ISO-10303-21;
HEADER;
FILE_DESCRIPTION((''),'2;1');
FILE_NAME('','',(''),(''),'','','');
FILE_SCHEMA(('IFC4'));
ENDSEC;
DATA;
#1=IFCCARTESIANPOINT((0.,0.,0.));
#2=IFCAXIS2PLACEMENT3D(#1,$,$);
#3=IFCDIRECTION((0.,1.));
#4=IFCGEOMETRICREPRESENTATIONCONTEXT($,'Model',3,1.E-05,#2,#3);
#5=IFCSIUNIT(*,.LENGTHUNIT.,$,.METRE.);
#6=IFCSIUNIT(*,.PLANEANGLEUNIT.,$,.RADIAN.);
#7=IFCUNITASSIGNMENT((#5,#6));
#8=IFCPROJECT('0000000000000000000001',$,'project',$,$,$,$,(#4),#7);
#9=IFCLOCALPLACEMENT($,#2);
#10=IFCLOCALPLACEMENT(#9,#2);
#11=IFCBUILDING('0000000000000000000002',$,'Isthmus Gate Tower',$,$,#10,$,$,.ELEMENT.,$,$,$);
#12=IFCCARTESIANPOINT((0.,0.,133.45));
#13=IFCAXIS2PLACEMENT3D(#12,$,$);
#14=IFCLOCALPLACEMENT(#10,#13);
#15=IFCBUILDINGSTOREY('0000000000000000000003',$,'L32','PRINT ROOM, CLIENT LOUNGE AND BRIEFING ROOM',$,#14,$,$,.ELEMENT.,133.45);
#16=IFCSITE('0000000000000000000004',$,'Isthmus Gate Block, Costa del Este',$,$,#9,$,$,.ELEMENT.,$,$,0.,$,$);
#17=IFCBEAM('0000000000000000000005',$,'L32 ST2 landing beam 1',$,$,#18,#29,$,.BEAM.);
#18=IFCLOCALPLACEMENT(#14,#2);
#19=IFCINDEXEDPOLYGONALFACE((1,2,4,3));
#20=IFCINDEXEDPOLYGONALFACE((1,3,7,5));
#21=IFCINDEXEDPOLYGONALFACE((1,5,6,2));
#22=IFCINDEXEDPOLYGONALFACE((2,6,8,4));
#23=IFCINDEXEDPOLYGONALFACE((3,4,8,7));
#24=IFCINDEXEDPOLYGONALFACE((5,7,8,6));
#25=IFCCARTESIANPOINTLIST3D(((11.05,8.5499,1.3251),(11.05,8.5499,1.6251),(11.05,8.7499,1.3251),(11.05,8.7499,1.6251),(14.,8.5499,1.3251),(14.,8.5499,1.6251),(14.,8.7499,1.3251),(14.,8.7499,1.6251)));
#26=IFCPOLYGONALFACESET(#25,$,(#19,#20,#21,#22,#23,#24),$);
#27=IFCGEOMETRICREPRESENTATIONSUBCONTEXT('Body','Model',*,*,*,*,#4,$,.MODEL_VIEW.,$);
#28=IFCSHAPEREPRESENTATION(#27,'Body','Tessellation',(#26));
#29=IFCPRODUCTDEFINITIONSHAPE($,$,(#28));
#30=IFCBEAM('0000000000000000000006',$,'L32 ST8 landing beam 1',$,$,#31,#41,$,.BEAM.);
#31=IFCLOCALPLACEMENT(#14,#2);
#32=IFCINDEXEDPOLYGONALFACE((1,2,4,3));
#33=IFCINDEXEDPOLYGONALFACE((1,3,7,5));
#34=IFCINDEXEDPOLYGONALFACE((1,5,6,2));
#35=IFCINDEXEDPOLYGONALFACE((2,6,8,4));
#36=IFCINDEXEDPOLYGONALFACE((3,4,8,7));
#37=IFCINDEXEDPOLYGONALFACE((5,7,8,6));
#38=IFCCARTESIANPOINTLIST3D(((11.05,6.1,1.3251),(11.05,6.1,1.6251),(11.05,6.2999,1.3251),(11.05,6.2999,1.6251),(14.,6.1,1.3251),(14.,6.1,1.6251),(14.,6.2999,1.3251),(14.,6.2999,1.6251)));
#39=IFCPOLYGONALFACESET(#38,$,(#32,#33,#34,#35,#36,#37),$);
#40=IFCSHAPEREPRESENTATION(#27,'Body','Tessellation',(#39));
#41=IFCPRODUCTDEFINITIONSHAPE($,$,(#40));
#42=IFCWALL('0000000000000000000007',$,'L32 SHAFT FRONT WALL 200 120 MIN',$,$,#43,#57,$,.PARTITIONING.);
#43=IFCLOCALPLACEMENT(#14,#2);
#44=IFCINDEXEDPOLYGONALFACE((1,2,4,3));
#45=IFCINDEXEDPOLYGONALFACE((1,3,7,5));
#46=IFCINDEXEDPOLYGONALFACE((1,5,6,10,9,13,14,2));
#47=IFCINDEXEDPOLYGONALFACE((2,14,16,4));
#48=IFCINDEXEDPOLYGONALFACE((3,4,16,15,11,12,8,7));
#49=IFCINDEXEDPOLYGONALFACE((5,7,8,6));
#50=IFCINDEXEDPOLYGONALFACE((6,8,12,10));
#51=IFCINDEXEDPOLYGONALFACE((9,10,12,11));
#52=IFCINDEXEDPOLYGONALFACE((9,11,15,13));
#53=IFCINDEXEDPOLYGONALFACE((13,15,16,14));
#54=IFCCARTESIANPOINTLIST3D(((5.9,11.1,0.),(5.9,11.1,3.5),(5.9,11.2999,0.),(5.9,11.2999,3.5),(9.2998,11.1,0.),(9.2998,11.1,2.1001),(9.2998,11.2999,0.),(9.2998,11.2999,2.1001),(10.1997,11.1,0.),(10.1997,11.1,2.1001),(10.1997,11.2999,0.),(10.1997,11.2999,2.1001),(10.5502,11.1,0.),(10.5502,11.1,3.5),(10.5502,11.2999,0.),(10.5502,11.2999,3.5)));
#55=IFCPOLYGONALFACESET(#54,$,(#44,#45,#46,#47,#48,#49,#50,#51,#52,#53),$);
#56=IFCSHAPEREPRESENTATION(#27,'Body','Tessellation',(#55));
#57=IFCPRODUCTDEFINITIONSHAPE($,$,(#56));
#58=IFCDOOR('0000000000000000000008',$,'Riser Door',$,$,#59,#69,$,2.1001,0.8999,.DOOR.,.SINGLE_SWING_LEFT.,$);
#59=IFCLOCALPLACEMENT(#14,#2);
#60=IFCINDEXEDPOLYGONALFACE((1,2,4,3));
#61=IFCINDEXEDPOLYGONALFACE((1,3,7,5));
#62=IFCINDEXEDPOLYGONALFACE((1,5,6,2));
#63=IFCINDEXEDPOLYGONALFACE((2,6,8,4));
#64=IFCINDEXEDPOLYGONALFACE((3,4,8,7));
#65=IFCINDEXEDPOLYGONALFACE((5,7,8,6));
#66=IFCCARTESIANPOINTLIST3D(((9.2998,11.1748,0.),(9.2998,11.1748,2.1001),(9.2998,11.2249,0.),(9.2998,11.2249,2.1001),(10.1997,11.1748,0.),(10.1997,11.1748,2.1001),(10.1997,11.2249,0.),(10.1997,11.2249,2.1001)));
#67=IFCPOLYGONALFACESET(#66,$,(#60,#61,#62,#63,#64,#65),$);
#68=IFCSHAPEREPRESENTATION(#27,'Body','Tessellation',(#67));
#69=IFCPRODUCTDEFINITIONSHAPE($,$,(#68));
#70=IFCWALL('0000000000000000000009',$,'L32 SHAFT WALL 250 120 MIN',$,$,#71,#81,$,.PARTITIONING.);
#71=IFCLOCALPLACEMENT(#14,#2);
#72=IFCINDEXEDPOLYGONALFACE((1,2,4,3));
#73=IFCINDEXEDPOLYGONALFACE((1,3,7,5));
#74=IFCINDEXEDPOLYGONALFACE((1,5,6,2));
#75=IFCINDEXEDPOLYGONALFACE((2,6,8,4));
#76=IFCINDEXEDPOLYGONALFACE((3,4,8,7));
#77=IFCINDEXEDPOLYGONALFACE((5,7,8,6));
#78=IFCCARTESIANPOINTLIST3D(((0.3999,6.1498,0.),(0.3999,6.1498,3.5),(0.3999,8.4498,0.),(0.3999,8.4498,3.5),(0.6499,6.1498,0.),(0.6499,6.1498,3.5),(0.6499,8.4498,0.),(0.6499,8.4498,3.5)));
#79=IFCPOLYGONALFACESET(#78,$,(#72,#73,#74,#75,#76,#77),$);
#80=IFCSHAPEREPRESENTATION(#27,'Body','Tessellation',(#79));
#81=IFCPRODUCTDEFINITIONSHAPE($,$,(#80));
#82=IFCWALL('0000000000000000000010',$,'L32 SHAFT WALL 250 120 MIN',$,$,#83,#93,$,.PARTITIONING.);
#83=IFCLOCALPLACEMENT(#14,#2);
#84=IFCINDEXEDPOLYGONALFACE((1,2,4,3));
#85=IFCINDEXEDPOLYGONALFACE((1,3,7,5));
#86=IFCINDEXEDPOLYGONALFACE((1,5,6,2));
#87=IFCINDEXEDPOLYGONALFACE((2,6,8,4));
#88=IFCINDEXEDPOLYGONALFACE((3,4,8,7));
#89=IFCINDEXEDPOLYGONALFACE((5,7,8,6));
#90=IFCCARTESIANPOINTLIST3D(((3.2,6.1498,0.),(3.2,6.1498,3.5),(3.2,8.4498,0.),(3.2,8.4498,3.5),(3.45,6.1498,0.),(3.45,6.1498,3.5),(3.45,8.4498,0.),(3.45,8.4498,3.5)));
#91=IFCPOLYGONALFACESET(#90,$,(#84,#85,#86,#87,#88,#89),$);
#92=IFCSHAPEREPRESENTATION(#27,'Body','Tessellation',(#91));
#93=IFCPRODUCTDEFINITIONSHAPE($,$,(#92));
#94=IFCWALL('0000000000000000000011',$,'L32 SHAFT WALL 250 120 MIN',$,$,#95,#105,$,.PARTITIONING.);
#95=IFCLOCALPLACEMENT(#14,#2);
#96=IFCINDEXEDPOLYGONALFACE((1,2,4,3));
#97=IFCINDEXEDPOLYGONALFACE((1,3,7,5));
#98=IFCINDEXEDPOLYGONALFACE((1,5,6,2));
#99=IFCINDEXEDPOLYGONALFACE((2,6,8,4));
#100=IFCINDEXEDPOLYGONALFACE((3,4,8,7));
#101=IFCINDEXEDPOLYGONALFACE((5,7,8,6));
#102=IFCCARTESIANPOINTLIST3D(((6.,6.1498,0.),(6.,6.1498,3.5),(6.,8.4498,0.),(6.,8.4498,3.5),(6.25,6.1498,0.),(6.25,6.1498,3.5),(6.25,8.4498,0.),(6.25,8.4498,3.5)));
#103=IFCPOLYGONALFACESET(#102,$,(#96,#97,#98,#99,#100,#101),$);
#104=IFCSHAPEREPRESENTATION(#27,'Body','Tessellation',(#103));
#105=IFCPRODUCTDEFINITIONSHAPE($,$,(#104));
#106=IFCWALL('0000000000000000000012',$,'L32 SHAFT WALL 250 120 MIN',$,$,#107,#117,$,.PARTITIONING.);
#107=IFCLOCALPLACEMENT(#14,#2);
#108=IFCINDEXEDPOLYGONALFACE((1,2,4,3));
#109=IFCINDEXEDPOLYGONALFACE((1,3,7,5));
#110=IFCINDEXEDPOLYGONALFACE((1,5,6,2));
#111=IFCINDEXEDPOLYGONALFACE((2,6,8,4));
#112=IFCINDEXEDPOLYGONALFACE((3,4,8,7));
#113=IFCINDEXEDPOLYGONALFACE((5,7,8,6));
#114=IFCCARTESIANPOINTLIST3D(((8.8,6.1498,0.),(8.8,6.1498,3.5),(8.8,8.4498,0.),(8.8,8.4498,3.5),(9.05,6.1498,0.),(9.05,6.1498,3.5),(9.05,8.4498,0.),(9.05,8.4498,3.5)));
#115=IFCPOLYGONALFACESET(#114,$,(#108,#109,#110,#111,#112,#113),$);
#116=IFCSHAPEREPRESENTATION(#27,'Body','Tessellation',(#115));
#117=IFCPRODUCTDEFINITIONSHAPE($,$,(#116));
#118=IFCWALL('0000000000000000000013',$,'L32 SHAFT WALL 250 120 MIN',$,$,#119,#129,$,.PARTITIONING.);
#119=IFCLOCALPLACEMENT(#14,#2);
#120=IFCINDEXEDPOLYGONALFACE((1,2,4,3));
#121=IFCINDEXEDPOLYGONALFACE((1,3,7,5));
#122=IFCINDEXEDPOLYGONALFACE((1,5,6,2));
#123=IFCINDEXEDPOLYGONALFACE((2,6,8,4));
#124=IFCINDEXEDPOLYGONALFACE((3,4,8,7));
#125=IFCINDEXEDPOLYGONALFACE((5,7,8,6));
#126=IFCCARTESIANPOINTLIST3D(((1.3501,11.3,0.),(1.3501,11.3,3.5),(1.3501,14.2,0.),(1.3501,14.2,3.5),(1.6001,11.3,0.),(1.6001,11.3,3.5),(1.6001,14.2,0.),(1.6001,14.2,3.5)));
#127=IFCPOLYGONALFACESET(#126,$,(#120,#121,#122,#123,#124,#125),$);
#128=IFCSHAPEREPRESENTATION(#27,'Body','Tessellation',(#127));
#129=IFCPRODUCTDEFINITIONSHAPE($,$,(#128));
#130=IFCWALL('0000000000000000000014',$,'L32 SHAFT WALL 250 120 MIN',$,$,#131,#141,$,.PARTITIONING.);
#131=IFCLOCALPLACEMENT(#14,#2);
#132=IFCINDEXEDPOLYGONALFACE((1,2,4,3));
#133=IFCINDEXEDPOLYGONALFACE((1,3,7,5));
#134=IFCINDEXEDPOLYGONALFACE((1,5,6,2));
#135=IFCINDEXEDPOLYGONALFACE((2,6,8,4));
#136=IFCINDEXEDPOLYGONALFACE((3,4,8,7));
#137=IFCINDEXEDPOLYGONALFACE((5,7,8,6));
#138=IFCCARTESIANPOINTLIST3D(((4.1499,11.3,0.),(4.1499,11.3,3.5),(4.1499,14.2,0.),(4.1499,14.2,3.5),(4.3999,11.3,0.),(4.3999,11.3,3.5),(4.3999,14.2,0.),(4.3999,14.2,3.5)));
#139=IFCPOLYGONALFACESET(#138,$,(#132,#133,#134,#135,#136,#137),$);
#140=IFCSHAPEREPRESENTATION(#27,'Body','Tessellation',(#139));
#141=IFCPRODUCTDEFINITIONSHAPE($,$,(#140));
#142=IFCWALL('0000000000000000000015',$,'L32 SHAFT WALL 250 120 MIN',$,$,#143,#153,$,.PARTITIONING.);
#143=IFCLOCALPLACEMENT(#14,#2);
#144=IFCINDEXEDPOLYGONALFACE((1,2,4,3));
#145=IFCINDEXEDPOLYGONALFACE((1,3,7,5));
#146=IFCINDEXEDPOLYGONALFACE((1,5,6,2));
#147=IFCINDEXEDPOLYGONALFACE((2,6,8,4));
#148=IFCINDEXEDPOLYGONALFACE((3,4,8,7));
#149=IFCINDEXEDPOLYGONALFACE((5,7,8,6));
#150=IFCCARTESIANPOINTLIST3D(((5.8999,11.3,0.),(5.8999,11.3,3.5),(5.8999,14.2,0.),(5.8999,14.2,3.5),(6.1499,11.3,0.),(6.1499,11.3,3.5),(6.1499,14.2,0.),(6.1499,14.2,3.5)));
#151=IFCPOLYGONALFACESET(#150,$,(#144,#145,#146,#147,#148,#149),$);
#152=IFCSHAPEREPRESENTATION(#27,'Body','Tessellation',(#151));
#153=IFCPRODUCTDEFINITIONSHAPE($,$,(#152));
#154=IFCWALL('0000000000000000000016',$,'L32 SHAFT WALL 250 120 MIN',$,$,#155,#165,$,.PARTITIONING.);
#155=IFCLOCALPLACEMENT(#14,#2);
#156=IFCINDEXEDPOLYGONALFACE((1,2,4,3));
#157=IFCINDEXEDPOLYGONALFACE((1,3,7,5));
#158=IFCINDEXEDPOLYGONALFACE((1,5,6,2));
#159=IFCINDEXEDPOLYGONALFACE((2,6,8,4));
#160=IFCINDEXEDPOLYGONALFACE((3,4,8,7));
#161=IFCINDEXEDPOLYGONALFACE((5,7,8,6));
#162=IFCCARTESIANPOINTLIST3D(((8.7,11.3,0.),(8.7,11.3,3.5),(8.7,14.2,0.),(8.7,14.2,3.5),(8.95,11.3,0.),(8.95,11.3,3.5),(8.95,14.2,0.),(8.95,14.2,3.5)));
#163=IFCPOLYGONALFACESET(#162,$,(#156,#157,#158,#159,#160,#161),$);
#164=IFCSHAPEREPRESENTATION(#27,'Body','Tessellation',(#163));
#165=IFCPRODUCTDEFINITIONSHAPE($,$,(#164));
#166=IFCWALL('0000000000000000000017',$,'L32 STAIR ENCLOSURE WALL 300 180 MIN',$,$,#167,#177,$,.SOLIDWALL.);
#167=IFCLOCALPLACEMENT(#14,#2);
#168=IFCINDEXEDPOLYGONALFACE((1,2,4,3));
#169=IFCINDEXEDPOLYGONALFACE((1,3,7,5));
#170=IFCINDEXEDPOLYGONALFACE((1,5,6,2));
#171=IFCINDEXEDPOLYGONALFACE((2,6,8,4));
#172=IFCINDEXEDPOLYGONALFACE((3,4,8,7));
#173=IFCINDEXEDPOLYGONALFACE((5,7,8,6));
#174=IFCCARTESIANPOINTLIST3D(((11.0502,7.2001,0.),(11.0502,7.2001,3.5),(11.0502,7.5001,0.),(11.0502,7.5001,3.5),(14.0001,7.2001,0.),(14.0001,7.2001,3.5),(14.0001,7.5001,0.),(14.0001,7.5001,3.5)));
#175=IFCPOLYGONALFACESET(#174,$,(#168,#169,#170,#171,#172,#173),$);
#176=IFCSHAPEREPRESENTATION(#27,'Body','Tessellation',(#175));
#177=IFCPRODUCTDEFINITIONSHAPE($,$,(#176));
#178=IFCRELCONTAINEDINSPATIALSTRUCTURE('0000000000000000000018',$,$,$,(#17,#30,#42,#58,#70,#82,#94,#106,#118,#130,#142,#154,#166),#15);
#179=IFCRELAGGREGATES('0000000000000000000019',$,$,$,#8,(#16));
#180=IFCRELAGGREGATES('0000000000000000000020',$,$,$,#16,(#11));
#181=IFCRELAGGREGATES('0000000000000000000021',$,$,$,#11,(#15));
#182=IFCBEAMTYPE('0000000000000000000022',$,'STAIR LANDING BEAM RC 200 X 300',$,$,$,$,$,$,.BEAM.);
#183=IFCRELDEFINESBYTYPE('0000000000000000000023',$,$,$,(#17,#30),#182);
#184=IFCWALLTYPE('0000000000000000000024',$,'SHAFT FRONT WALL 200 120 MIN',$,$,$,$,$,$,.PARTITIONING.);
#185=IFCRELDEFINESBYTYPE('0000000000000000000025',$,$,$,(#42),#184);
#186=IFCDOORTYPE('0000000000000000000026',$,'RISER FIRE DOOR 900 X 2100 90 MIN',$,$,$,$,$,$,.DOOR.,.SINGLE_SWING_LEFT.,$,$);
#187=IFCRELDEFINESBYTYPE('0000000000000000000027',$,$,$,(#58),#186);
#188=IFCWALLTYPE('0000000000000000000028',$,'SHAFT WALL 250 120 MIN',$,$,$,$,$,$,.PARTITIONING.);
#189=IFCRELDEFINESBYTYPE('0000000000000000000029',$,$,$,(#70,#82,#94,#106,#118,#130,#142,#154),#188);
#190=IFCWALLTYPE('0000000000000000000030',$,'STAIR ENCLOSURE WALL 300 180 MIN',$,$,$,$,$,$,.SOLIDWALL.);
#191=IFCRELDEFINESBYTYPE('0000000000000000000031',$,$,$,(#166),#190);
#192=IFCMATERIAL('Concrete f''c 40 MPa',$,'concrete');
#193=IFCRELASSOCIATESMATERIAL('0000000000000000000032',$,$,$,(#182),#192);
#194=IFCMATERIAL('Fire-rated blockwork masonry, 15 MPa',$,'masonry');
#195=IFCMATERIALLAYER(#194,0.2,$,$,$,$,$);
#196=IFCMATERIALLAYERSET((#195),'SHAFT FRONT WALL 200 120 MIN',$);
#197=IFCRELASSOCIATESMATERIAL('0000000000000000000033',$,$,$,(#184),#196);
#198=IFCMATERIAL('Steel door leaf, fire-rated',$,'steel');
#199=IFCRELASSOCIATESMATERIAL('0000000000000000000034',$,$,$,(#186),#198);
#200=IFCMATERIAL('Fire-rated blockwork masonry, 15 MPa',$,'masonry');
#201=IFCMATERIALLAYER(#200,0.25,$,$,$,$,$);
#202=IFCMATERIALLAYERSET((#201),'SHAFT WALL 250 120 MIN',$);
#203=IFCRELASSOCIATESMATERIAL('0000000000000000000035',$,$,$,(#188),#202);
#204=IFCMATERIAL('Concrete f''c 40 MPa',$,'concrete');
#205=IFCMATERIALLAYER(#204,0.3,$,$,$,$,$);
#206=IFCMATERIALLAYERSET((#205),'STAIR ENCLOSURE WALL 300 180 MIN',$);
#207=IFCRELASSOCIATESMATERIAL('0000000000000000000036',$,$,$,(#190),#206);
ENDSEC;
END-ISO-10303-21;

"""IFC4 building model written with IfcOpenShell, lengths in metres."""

from ifc_helpers import new_model, si_unit, direction, frame, frame_2d, origin, origin_2d, place, context, subcontext, project, spatial, rectangle, extrude, material, layer, layer_set, material_profile, profile_set, type_object, element, fill, save


model = new_model("IFC4")

# Units and contexts
model_context = context("Model", 3, precision=1e-05, world=origin(), true_north=direction((0.0, 1.0)))
body_context = subcontext(model_context, "Body", "Model", "MODEL_VIEW")
ifc_project = project(units=[si_unit("LENGTHUNIT", "METRE"), si_unit("PLANEANGLEUNIT", "RADIAN")], contexts=[model_context])

# Site, building, storey
site_placement = place(None, origin())
site = spatial("IfcSite", under=ifc_project, at=site_placement, Name="Isthmus Gate Block, Costa del Este", CompositionType="ELEMENT", RefElevation=0.0)
building_placement = place(site_placement, origin())
building = spatial("IfcBuilding", under=site, at=building_placement, Name="Isthmus Gate Tower", CompositionType="ELEMENT")
storey_placement = place(building_placement, frame((0.0, 0.0, 133.45)))
storey = spatial("IfcBuildingStorey", under=building, at=storey_placement, Name="L32", Description="PRINT ROOM, CLIENT LOUNGE AND BRIEFING ROOM", CompositionType="ELEMENT", Elevation=133.45)

# Beams
ifc_material_1 = material(Name="Concrete f'c 40 MPa", Category="concrete")
ifc_material_profile = material_profile(ifc_material_1, rectangle(XDim=0.2, YDim=0.3, at=origin_2d()), Name="STAIR LANDING BEAM RC 200 X 300")
ifc_profile_set = profile_set([ifc_material_profile], Name="Concrete f'c 40 MPa")
beam_type = type_object("IfcBeamType", Name="STAIR LANDING BEAM RC 200 X 300", PredefinedType="BEAM", material=ifc_profile_set)
for number, where, z_axis, x_axis, name in (
    (1, (11.05, 8.6499, 1.4751), (1.0, 0.0, 0.0), (0.0, 1.0, 0.0), "L32 ST2 landing beam 1"),
    (2, (11.05, 6.2, 1.4751), (1.0, 0.0, 0.0), (0.0, 1.0, 0.0), "L32 ST8 landing beam 1"),
):
    element("IfcBeam", number, at=place(storey_placement, frame(where, z_axis=z_axis, x_axis=x_axis)), inside=storey, type_object=beam_type, Name=name, PredefinedType="BEAM", context=body_context, shape_type="SweptSolid", body=[
        extrude(rectangle(XDim=0.2, YDim=0.3, at=origin_2d()), origin(), (0.0, 0.0, 1.0), 2.95),
    ])

# Wall, opening, door
ifc_material_2 = material(Name="Fire-rated blockwork masonry, 15 MPa", Category="masonry")
ifc_layer_1 = layer(ifc_material_2, 0.2)
ifc_layer_set_1 = layer_set([ifc_layer_1], Name="SHAFT FRONT WALL 200 120 MIN")
wall_type_1 = type_object("IfcWallType", Name="SHAFT FRONT WALL 200 120 MIN", PredefinedType="PARTITIONING", material=ifc_layer_set_1)
wall_1_placement = place(storey_placement, frame((5.8999, 11.2, 0.0), z_axis=(0.0, 0.0, 1.0), x_axis=(1.0, 0.0, 0.0)))
wall_1 = element("IfcWall", 3, at=wall_1_placement, inside=storey, type_object=wall_type_1, Name="L32 SHAFT FRONT WALL 200 120 MIN", PredefinedType="PARTITIONING", context=body_context, shape_type="SweptSolid", body=[
    extrude(rectangle(XDim=4.6501, YDim=0.2, at=frame_2d((2.3252, 0.0))), origin(), (0.0, 0.0, 1.0), 3.5),
])
opening_placement = place(wall_1_placement, frame((3.3999, 0.0, 0.0)))
opening = element("IfcOpeningElement", 4, at=opening_placement, cuts=wall_1, PredefinedType="OPENING", context=body_context, shape_type="SweptSolid", body=[
    extrude(rectangle(XDim=0.8999, YDim=2.1001, at=frame_2d((0.45, 1.05))), frame((0.0, 0.1099, 0.0), z_axis=(0.0, -1.0, 0.0), x_axis=(1.0, 0.0, 0.0)), (0.0, 0.0, 1.0), 0.22),
])
ifc_material_3 = material(Name="Steel door leaf, fire-rated", Category="steel")
door_type = type_object("IfcDoorType", Name="RISER FIRE DOOR 900 X 2100 90 MIN", OperationType="SINGLE_SWING_LEFT", PredefinedType="DOOR", material=ifc_material_3)
door_placement = place(opening_placement, origin())
door = element("IfcDoor", 5, at=door_placement, inside=storey, type_object=door_type, Name="Riser Door", OperationType="SINGLE_SWING_LEFT", OverallHeight=2.1001, OverallWidth=0.8999, PredefinedType="DOOR", context=body_context, shape_type="SweptSolid", body=[
    extrude(rectangle(XDim=0.8999, YDim=2.1001, at=frame_2d((0.45, 1.05))), frame((0.0, 0.0249, 0.0), z_axis=(0.0, -1.0, 0.0), x_axis=(1.0, 0.0, 0.0)), (0.0, 0.0, 1.0), 0.05),
])
fill(opening, door)

# Walls
ifc_material_4 = material(Name="Fire-rated blockwork masonry, 15 MPa", Category="masonry")
ifc_layer_2 = layer(ifc_material_4, 0.25)
ifc_layer_set_2 = layer_set([ifc_layer_2], Name="SHAFT WALL 250 120 MIN")
wall_type_2 = type_object("IfcWallType", Name="SHAFT WALL 250 120 MIN", PredefinedType="PARTITIONING", material=ifc_layer_set_2)
for number, where, z_axis, x_axis, name in (
    (6, (0.5249, 6.1499, 0.0), (0.0, 0.0, 1.0), (0.0, 1.0, 0.0), "L32 SHAFT WALL 250 120 MIN"),
    (7, (3.325, 6.1499, 0.0), (0.0, 0.0, 1.0), (0.0, 1.0, 0.0), "L32 SHAFT WALL 250 120 MIN"),
    (8, (6.125, 6.1499, 0.0), (0.0, 0.0, 1.0), (0.0, 1.0, 0.0), "L32 SHAFT WALL 250 120 MIN"),
    (9, (8.925, 6.1499, 0.0), (0.0, 0.0, 1.0), (0.0, 1.0, 0.0), "L32 SHAFT WALL 250 120 MIN"),
):
    element("IfcWall", number, at=place(storey_placement, frame(where, z_axis=z_axis, x_axis=x_axis)), inside=storey, type_object=wall_type_2, Name=name, PredefinedType="PARTITIONING", context=body_context, shape_type="SweptSolid", body=[
        extrude(rectangle(XDim=2.3, YDim=0.25, at=frame_2d((1.1499, 0.0))), origin(), (0.0, 0.0, 1.0), 3.5),
    ])
for number, where, z_axis, x_axis, name in (
    (10, (1.4751, 11.3, 0.0), (0.0, 0.0, 1.0), (0.0, 1.0, 0.0), "L32 SHAFT WALL 250 120 MIN"),
    (11, (4.2749, 11.3, 0.0), (0.0, 0.0, 1.0), (0.0, 1.0, 0.0), "L32 SHAFT WALL 250 120 MIN"),
    (12, (6.0249, 11.3, 0.0), (0.0, 0.0, 1.0), (0.0, 1.0, 0.0), "L32 SHAFT WALL 250 120 MIN"),
    (13, (8.825, 11.3, 0.0), (0.0, 0.0, 1.0), (0.0, 1.0, 0.0), "L32 SHAFT WALL 250 120 MIN"),
):
    element("IfcWall", number, at=place(storey_placement, frame(where, z_axis=z_axis, x_axis=x_axis)), inside=storey, type_object=wall_type_2, Name=name, PredefinedType="PARTITIONING", context=body_context, shape_type="SweptSolid", body=[
        extrude(rectangle(XDim=2.8999, YDim=0.25, at=frame_2d((1.45, 0.0))), origin(), (0.0, 0.0, 1.0), 3.5),
    ])
ifc_material_5 = material(Name="Concrete f'c 40 MPa", Category="concrete")
ifc_layer_3 = layer(ifc_material_5, 0.3)
ifc_layer_set_3 = layer_set([ifc_layer_3], Name="STAIR ENCLOSURE WALL 300 180 MIN")
wall_type_3 = type_object("IfcWallType", Name="STAIR ENCLOSURE WALL 300 180 MIN", PredefinedType="SOLIDWALL", material=ifc_layer_set_3)
wall_2_placement = place(storey_placement, frame((11.05, 7.3501, 0.0), z_axis=(0.0, 0.0, 1.0), x_axis=(1.0, 0.0, 0.0)))
element("IfcWall", 14, at=wall_2_placement, inside=storey, type_object=wall_type_3, Name="L32 STAIR ENCLOSURE WALL 300 180 MIN", PredefinedType="SOLIDWALL", context=body_context, shape_type="SweptSolid", body=[
    extrude(rectangle(XDim=2.95, YDim=0.3, at=frame_2d((1.4751, 0.0))), origin(), (0.0, 0.0, 1.0), 3.5),
])

save(model, "model.ifc")
